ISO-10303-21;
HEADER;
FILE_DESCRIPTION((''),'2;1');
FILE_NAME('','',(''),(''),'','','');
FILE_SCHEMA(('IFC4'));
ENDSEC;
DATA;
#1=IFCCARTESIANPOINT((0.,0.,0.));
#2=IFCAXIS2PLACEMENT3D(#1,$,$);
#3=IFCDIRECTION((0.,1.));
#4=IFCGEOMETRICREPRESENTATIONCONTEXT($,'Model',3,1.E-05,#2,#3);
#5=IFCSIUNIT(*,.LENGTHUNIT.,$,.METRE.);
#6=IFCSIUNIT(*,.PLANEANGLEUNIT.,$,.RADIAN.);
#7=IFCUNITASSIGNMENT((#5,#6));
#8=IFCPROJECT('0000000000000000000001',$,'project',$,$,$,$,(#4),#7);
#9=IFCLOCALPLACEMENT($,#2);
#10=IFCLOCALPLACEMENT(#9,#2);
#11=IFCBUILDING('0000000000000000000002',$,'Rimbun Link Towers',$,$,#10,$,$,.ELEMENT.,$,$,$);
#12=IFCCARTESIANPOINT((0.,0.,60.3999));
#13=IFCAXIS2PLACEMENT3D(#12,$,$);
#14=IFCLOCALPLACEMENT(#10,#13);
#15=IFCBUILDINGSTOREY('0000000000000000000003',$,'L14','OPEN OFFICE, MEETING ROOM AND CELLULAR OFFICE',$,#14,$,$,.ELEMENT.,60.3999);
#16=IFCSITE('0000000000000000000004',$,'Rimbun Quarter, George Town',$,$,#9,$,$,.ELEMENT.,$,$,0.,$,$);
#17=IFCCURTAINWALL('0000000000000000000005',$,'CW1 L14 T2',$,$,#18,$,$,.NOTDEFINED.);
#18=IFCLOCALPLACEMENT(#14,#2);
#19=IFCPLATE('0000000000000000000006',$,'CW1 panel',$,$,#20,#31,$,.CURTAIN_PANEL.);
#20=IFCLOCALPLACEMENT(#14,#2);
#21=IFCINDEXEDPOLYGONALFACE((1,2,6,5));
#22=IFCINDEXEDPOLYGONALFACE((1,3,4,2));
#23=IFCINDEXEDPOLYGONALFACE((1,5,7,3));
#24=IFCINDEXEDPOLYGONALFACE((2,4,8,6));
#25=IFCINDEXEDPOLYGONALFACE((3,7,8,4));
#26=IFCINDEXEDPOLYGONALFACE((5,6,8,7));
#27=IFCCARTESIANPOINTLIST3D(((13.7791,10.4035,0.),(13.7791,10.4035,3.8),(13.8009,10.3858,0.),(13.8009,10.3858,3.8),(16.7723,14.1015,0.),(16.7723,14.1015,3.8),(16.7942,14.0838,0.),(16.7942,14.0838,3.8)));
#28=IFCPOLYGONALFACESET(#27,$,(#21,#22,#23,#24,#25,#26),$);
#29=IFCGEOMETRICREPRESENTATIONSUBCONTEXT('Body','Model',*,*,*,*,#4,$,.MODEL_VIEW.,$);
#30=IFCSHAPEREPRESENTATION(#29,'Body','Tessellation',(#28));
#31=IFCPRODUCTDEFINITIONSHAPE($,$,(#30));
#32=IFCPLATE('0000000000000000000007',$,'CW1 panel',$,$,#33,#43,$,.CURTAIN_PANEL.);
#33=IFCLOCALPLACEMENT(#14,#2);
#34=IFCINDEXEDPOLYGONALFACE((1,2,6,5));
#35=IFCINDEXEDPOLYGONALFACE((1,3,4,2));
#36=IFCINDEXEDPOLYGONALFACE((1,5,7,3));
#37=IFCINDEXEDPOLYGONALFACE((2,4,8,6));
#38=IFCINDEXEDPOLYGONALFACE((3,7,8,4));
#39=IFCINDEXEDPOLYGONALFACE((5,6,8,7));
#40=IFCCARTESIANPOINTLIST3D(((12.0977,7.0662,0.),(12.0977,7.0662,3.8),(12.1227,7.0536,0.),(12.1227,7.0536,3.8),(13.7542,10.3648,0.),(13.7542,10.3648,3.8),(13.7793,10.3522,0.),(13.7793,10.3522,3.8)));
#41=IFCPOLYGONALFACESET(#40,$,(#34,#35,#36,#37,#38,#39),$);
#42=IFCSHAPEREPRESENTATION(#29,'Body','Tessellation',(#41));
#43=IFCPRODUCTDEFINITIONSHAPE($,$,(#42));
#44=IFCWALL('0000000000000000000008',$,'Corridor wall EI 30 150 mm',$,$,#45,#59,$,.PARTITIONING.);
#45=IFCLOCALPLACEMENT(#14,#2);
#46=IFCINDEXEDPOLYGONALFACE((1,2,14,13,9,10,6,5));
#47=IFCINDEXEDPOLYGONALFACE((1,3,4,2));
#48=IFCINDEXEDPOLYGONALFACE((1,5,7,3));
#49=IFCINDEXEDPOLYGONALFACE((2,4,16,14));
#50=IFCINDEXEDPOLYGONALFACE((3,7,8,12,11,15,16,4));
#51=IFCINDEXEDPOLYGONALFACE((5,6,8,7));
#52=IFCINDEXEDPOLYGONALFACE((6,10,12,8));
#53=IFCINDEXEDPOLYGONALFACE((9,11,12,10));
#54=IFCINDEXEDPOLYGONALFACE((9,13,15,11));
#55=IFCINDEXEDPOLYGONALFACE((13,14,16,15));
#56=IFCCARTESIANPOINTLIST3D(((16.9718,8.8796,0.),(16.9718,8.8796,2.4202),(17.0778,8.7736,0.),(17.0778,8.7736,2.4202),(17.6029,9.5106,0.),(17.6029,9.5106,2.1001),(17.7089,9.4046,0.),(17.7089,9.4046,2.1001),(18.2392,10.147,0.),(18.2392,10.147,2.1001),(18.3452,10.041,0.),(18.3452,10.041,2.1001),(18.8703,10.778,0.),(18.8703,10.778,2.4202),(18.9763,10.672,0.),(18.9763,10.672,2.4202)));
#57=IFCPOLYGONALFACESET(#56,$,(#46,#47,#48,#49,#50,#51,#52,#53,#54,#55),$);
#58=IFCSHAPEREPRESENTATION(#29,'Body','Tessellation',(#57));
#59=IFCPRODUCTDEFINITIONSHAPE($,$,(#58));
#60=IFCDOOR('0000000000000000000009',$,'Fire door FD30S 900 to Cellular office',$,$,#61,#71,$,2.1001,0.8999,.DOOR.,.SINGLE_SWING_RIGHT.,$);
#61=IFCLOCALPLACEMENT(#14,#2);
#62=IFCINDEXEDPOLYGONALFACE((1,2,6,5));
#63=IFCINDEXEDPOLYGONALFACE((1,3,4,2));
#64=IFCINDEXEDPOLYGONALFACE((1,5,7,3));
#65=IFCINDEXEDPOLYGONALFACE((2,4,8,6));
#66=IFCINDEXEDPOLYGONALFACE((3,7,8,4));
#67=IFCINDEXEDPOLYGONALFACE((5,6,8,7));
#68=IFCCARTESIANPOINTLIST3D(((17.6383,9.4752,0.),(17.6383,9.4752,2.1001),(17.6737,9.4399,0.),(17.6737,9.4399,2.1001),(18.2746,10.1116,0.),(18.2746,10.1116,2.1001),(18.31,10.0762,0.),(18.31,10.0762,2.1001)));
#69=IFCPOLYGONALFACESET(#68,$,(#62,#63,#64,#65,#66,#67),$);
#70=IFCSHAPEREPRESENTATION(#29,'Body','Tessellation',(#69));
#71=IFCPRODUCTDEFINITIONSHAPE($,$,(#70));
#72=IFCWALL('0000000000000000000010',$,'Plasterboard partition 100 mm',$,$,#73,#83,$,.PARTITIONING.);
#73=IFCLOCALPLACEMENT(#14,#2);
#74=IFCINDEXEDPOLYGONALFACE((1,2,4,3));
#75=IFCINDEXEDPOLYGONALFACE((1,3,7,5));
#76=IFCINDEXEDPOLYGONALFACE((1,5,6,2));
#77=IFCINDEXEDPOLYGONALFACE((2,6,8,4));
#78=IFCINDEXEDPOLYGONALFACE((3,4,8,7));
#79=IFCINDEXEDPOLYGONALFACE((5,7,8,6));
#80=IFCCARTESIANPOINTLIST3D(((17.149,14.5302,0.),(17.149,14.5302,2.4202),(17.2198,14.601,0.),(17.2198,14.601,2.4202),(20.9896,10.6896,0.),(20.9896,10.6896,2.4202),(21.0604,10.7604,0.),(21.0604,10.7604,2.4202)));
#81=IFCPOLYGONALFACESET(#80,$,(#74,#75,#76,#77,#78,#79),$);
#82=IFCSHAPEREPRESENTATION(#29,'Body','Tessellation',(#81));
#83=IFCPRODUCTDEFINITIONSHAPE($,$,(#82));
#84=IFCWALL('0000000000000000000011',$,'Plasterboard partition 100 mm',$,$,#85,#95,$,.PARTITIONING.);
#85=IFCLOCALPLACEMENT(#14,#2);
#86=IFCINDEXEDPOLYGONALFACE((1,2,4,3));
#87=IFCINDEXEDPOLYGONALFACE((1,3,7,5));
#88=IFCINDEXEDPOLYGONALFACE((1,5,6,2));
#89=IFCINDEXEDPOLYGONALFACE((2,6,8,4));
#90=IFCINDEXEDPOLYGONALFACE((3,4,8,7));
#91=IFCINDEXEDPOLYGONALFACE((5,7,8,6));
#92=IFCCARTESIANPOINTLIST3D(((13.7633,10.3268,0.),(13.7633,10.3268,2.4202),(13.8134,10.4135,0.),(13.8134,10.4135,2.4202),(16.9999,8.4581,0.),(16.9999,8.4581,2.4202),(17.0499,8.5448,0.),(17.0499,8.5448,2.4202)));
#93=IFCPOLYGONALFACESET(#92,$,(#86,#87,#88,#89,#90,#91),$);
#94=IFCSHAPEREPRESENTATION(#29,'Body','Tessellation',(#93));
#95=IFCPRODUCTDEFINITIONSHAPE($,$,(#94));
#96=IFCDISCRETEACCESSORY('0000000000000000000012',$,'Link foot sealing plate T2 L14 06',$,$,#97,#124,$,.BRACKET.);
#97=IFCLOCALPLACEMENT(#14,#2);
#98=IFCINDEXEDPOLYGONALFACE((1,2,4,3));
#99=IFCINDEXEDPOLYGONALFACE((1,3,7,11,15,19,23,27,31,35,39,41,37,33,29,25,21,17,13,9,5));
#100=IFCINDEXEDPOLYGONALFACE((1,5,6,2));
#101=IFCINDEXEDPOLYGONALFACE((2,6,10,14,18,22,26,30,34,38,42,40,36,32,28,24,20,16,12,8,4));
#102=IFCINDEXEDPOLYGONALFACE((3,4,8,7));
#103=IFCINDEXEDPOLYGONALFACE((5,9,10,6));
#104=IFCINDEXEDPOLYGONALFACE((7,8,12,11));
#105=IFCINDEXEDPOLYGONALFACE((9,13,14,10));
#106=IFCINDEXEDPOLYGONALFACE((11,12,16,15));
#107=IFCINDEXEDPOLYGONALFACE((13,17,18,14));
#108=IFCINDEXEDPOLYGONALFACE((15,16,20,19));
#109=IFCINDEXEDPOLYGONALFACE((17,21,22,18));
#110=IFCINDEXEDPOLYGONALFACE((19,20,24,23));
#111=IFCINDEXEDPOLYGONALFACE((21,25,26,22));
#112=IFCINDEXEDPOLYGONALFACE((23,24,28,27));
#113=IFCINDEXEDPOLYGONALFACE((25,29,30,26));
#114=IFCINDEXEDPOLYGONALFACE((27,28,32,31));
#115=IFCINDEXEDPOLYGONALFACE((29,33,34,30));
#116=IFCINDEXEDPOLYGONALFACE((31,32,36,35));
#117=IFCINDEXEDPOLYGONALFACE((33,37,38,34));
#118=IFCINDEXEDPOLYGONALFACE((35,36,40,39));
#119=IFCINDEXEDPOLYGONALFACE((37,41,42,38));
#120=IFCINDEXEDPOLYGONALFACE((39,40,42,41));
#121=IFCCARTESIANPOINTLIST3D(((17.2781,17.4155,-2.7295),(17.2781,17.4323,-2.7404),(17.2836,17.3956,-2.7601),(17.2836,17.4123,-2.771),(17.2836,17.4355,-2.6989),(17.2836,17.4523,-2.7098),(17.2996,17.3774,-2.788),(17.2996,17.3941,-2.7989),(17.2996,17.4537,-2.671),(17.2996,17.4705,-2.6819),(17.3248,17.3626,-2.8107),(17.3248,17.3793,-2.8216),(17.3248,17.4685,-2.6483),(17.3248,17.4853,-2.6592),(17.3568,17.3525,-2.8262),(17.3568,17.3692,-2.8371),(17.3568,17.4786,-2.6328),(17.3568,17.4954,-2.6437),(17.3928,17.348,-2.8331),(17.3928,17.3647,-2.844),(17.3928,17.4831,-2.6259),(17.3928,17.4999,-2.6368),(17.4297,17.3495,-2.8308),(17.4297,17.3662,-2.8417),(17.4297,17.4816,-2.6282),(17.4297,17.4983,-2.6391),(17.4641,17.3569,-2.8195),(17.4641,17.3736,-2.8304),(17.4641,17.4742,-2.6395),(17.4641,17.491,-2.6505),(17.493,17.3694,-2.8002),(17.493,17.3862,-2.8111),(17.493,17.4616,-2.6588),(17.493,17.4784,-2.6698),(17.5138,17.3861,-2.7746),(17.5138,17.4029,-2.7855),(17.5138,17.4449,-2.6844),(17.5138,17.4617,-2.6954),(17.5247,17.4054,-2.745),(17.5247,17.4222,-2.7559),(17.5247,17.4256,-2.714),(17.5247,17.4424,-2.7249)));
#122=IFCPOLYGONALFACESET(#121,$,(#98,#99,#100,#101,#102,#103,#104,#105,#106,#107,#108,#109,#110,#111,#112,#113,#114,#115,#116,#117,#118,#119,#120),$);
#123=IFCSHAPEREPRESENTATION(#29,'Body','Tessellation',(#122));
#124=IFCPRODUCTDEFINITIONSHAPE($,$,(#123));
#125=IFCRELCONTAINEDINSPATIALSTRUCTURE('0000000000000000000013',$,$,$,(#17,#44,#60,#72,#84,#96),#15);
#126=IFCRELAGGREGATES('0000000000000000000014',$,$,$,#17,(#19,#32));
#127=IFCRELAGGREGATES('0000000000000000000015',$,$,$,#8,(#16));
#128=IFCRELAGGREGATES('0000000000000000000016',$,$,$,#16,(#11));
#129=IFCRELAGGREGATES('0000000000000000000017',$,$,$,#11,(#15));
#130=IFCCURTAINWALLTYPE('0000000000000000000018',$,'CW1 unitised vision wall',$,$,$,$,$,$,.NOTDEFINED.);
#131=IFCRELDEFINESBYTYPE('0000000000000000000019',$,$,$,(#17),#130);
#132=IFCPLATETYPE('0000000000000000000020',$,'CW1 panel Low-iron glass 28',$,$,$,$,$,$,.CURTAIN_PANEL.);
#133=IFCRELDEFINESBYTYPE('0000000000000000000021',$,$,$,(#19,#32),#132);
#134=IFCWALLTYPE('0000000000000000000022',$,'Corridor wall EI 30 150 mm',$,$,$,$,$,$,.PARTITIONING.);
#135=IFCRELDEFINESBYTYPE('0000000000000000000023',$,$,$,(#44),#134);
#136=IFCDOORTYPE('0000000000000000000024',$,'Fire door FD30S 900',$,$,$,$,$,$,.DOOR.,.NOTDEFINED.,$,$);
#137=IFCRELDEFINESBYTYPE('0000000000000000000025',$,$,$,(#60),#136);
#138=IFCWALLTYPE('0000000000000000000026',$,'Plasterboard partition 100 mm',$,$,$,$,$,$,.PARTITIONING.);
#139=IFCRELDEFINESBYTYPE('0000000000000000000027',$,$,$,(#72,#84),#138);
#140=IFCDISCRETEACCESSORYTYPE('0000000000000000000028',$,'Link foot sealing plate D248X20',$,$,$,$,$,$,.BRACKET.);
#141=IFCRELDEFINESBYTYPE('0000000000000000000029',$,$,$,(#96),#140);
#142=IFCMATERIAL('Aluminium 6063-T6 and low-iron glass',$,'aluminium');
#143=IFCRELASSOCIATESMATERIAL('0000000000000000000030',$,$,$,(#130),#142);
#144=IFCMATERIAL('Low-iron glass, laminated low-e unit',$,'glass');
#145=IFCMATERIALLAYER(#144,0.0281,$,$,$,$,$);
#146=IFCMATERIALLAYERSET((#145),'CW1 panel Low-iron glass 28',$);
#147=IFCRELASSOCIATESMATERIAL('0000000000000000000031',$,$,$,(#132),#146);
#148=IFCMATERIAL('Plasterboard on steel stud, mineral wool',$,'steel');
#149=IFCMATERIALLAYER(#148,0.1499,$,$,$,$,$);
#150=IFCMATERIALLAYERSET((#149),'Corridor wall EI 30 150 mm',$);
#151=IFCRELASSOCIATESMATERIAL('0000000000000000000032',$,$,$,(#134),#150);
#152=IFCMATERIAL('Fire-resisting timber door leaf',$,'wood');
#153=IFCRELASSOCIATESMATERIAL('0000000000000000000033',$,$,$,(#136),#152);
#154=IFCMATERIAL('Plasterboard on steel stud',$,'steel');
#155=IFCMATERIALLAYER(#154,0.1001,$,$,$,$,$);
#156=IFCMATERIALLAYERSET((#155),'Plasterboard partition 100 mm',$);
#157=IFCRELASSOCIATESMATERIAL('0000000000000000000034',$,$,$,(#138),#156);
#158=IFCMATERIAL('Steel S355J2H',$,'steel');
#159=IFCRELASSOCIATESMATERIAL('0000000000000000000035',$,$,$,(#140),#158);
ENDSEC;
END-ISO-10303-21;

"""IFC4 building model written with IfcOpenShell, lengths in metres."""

from ifc_helpers import new_model, si_unit, direction, frame, frame_2d, origin, origin_2d, place, context, subcontext, project, spatial, rectangle, circle, extrude, material, layer, layer_set, material_profile, profile_set, type_object, element, fill, aggregate, save


model = new_model("IFC4")

# Units and contexts
model_context = context("Model", 3, precision=1e-05, world=origin(), true_north=direction((0.0, 1.0)))
body_context = subcontext(model_context, "Body", "Model", "MODEL_VIEW")
ifc_project = project(units=[si_unit("LENGTHUNIT", "METRE"), si_unit("PLANEANGLEUNIT", "RADIAN")], contexts=[model_context])

# Site, building, storey
site_placement = place(None, origin())
site = spatial("IfcSite", under=ifc_project, at=site_placement, Name="Rimbun Quarter, George Town", CompositionType="ELEMENT", RefElevation=0.0)
building_placement = place(site_placement, origin())
building = spatial("IfcBuilding", under=site, at=building_placement, Name="Rimbun Link Towers", CompositionType="ELEMENT")
storey_placement = place(building_placement, frame((0.0, 0.0, 60.3999)))
storey = spatial("IfcBuildingStorey", under=building, at=storey_placement, Name="L14", Description="OPEN OFFICE, MEETING ROOM AND CELLULAR OFFICE", CompositionType="ELEMENT", Elevation=60.3999)

# Curtain wall
ifc_material_1 = material(Name="Aluminium 6063-T6 and low-iron glass", Category="aluminium")
curtain_wall_type = type_object("IfcCurtainWallType", Name="CW1 unitised vision wall", PredefinedType="NOTDEFINED", material=ifc_material_1)
curtain_wall_placement = place(storey_placement, origin())
curtain_wall = element("IfcCurtainWall", 1, at=curtain_wall_placement, inside=storey, type_object=curtain_wall_type, Name="CW1 L14 T2", PredefinedType="NOTDEFINED")

# Plates
ifc_material_2 = material(Name="Low-iron glass, laminated low-e unit", Category="glass")
ifc_layer_1 = layer(ifc_material_2, 0.0281)
ifc_layer_set_1 = layer_set([ifc_layer_1], Name="CW1 panel Low-iron glass 28")
plate_type = type_object("IfcPlateType", Name="CW1 panel Low-iron glass 28", PredefinedType="CURTAIN_PANEL", material=ifc_layer_set_1)
plate_1_placement = place(storey_placement, frame((15.2866, 12.2437, 0.0), z_axis=(0.0, 0.0, 1.0), x_axis=(0.629158, 0.777277, 0.0)))
plate_1 = element("IfcPlate", 2, at=plate_1_placement, type_object=plate_type, Name="CW1 panel", PredefinedType="CURTAIN_PANEL", context=body_context, shape_type="SweptSolid", body=[
    extrude(rectangle(XDim=4.7576, YDim=0.0281, at=origin_2d()), origin(), (0.0, 0.0, 1.0), 3.8),
])
plate_2_placement = place(storey_placement, frame((12.9385, 8.7092, 0.0), z_axis=(0.0, 0.0, 1.0), x_axis=(0.448789, 0.893638, 0.0)))
plate_2 = element("IfcPlate", 3, at=plate_2_placement, type_object=plate_type, Name="CW1 panel", PredefinedType="CURTAIN_PANEL", context=body_context, shape_type="SweptSolid", body=[
    extrude(rectangle(XDim=3.6912, YDim=0.0281, at=origin_2d()), origin(), (0.0, 0.0, 1.0), 3.8),
])
aggregate(curtain_wall, [plate_1, plate_2])

# Wall, opening, door
ifc_material_3 = material(Name="Plasterboard on steel stud, mineral wool", Category="steel")
ifc_layer_2 = layer(ifc_material_3, 0.1499)
ifc_layer_set_2 = layer_set([ifc_layer_2], Name="Corridor wall EI 30 150 mm")
wall_type_1 = type_object("IfcWallType", Name="Corridor wall EI 30 150 mm", PredefinedType="PARTITIONING", material=ifc_layer_set_2)
wall_1_placement = place(storey_placement, frame((17.0249, 8.8267, 0.0), z_axis=(0.0, 0.0, 1.0), x_axis=(0.707107, 0.707107, 0.0)))
wall_1 = element("IfcWall", 4, at=wall_1_placement, inside=storey, type_object=wall_type_1, Name="Corridor wall EI 30 150 mm", PredefinedType="PARTITIONING", context=body_context, shape_type="SweptSolid", body=[
    extrude(rectangle(XDim=2.6848, YDim=0.1499, at=frame_2d((1.3423, 0.0))), origin(), (0.0, 0.0, 1.0), 2.4202),
])
opening_placement = place(wall_1_placement, frame((0.8923, 0.0, 0.0)))
opening = element("IfcOpeningElement", 5, at=opening_placement, cuts=wall_1, PredefinedType="OPENING", context=body_context, shape_type="SweptSolid", body=[
    extrude(rectangle(XDim=0.8999, YDim=2.1001, at=frame_2d((0.45, 1.05))), frame((0.0, 0.085, 0.0), z_axis=(0.0, -1.0, 0.0), x_axis=(1.0, 0.0, 0.0)), (0.0, 0.0, 1.0), 0.1699),
])
ifc_material_4 = material(Name="Fire-resisting timber door leaf", Category="wood")
door_type = type_object("IfcDoorType", Name="Fire door FD30S 900", OperationType="NOTDEFINED", PredefinedType="DOOR", material=ifc_material_4)
door_placement = place(opening_placement, origin())
door = element("IfcDoor", 6, at=door_placement, inside=storey, type_object=door_type, Name="Fire door FD30S 900 to Cellular office", OperationType="SINGLE_SWING_RIGHT", OverallHeight=2.1001, OverallWidth=0.8999, PredefinedType="DOOR", context=body_context, shape_type="SweptSolid", body=[
    extrude(rectangle(XDim=0.8999, YDim=2.1001, at=frame_2d((0.45, 1.05))), frame((0.0, 0.0249, 0.0), z_axis=(0.0, -1.0, 0.0), x_axis=(1.0, 0.0, 0.0)), (0.0, 0.0, 1.0), 0.05),
])
fill(opening, door)

# Walls
ifc_material_5 = material(Name="Plasterboard on steel stud", Category="steel")
ifc_layer_3 = layer(ifc_material_5, 0.1001)
ifc_layer_set_3 = layer_set([ifc_layer_3], Name="Plasterboard partition 100 mm")
wall_type_2 = type_object("IfcWallType", Name="Plasterboard partition 100 mm", PredefinedType="PARTITIONING", material=ifc_layer_set_3)
wall_2_placement = place(storey_placement, frame((17.1843, 14.5657, 0.0), z_axis=(0.0, 0.0, 1.0), x_axis=(0.707107, -0.707107, 0.0)))
element("IfcWall", 7, at=wall_2_placement, inside=storey, type_object=wall_type_2, Name="Plasterboard partition 100 mm", PredefinedType="PARTITIONING", context=body_context, shape_type="SweptSolid", body=[
    extrude(rectangle(XDim=5.4314, YDim=0.1001, at=frame_2d((2.7158, 0.0))), origin(), (0.0, 0.0, 1.0), 2.4202),
])
wall_3_placement = place(storey_placement, frame((13.7883, 10.3701, 0.0), z_axis=(0.0, 0.0, 1.0), x_axis=(0.866023, -0.500003, 0.0)))
element("IfcWall", 8, at=wall_3_placement, inside=storey, type_object=wall_type_2, Name="Plasterboard partition 100 mm", PredefinedType="PARTITIONING", context=body_context, shape_type="SweptSolid", body=[
    extrude(rectangle(XDim=3.7373, YDim=0.1001, at=frame_2d((1.8687, 0.0))), origin(), (0.0, 0.0, 1.0), 2.4202),
])

# Discrete accessory
ifc_material_6 = material(Name="Steel S355J2H", Category="steel")
ifc_material_profile_1 = material_profile(ifc_material_6, circle(Radius=0.124, at=origin_2d()), Name="PL D248")
ifc_profile_set_1 = profile_set([ifc_material_profile_1], Name="Steel S355J2H")
discrete_accessory_type = type_object("IfcDiscreteAccessoryType", Name="Link foot sealing plate D248X20", PredefinedType="BRACKET", material=ifc_profile_set_1)
discrete_accessory_placement = place(storey_placement, frame((17.4021, 17.4155, -2.7295), z_axis=(0.0, 0.837611, -0.546268), x_axis=(-1.0, 0.0, 0.0)))
element("IfcDiscreteAccessory", 9, at=discrete_accessory_placement, inside=storey, type_object=discrete_accessory_type, Name="Link foot sealing plate T2 L14 06", PredefinedType="BRACKET", context=body_context, shape_type="SweptSolid", body=[
    extrude(circle(Radius=0.124, at=origin_2d()), origin(), (0.0, 0.0, 1.0), 0.02),
])

save(model, "model.ifc")
